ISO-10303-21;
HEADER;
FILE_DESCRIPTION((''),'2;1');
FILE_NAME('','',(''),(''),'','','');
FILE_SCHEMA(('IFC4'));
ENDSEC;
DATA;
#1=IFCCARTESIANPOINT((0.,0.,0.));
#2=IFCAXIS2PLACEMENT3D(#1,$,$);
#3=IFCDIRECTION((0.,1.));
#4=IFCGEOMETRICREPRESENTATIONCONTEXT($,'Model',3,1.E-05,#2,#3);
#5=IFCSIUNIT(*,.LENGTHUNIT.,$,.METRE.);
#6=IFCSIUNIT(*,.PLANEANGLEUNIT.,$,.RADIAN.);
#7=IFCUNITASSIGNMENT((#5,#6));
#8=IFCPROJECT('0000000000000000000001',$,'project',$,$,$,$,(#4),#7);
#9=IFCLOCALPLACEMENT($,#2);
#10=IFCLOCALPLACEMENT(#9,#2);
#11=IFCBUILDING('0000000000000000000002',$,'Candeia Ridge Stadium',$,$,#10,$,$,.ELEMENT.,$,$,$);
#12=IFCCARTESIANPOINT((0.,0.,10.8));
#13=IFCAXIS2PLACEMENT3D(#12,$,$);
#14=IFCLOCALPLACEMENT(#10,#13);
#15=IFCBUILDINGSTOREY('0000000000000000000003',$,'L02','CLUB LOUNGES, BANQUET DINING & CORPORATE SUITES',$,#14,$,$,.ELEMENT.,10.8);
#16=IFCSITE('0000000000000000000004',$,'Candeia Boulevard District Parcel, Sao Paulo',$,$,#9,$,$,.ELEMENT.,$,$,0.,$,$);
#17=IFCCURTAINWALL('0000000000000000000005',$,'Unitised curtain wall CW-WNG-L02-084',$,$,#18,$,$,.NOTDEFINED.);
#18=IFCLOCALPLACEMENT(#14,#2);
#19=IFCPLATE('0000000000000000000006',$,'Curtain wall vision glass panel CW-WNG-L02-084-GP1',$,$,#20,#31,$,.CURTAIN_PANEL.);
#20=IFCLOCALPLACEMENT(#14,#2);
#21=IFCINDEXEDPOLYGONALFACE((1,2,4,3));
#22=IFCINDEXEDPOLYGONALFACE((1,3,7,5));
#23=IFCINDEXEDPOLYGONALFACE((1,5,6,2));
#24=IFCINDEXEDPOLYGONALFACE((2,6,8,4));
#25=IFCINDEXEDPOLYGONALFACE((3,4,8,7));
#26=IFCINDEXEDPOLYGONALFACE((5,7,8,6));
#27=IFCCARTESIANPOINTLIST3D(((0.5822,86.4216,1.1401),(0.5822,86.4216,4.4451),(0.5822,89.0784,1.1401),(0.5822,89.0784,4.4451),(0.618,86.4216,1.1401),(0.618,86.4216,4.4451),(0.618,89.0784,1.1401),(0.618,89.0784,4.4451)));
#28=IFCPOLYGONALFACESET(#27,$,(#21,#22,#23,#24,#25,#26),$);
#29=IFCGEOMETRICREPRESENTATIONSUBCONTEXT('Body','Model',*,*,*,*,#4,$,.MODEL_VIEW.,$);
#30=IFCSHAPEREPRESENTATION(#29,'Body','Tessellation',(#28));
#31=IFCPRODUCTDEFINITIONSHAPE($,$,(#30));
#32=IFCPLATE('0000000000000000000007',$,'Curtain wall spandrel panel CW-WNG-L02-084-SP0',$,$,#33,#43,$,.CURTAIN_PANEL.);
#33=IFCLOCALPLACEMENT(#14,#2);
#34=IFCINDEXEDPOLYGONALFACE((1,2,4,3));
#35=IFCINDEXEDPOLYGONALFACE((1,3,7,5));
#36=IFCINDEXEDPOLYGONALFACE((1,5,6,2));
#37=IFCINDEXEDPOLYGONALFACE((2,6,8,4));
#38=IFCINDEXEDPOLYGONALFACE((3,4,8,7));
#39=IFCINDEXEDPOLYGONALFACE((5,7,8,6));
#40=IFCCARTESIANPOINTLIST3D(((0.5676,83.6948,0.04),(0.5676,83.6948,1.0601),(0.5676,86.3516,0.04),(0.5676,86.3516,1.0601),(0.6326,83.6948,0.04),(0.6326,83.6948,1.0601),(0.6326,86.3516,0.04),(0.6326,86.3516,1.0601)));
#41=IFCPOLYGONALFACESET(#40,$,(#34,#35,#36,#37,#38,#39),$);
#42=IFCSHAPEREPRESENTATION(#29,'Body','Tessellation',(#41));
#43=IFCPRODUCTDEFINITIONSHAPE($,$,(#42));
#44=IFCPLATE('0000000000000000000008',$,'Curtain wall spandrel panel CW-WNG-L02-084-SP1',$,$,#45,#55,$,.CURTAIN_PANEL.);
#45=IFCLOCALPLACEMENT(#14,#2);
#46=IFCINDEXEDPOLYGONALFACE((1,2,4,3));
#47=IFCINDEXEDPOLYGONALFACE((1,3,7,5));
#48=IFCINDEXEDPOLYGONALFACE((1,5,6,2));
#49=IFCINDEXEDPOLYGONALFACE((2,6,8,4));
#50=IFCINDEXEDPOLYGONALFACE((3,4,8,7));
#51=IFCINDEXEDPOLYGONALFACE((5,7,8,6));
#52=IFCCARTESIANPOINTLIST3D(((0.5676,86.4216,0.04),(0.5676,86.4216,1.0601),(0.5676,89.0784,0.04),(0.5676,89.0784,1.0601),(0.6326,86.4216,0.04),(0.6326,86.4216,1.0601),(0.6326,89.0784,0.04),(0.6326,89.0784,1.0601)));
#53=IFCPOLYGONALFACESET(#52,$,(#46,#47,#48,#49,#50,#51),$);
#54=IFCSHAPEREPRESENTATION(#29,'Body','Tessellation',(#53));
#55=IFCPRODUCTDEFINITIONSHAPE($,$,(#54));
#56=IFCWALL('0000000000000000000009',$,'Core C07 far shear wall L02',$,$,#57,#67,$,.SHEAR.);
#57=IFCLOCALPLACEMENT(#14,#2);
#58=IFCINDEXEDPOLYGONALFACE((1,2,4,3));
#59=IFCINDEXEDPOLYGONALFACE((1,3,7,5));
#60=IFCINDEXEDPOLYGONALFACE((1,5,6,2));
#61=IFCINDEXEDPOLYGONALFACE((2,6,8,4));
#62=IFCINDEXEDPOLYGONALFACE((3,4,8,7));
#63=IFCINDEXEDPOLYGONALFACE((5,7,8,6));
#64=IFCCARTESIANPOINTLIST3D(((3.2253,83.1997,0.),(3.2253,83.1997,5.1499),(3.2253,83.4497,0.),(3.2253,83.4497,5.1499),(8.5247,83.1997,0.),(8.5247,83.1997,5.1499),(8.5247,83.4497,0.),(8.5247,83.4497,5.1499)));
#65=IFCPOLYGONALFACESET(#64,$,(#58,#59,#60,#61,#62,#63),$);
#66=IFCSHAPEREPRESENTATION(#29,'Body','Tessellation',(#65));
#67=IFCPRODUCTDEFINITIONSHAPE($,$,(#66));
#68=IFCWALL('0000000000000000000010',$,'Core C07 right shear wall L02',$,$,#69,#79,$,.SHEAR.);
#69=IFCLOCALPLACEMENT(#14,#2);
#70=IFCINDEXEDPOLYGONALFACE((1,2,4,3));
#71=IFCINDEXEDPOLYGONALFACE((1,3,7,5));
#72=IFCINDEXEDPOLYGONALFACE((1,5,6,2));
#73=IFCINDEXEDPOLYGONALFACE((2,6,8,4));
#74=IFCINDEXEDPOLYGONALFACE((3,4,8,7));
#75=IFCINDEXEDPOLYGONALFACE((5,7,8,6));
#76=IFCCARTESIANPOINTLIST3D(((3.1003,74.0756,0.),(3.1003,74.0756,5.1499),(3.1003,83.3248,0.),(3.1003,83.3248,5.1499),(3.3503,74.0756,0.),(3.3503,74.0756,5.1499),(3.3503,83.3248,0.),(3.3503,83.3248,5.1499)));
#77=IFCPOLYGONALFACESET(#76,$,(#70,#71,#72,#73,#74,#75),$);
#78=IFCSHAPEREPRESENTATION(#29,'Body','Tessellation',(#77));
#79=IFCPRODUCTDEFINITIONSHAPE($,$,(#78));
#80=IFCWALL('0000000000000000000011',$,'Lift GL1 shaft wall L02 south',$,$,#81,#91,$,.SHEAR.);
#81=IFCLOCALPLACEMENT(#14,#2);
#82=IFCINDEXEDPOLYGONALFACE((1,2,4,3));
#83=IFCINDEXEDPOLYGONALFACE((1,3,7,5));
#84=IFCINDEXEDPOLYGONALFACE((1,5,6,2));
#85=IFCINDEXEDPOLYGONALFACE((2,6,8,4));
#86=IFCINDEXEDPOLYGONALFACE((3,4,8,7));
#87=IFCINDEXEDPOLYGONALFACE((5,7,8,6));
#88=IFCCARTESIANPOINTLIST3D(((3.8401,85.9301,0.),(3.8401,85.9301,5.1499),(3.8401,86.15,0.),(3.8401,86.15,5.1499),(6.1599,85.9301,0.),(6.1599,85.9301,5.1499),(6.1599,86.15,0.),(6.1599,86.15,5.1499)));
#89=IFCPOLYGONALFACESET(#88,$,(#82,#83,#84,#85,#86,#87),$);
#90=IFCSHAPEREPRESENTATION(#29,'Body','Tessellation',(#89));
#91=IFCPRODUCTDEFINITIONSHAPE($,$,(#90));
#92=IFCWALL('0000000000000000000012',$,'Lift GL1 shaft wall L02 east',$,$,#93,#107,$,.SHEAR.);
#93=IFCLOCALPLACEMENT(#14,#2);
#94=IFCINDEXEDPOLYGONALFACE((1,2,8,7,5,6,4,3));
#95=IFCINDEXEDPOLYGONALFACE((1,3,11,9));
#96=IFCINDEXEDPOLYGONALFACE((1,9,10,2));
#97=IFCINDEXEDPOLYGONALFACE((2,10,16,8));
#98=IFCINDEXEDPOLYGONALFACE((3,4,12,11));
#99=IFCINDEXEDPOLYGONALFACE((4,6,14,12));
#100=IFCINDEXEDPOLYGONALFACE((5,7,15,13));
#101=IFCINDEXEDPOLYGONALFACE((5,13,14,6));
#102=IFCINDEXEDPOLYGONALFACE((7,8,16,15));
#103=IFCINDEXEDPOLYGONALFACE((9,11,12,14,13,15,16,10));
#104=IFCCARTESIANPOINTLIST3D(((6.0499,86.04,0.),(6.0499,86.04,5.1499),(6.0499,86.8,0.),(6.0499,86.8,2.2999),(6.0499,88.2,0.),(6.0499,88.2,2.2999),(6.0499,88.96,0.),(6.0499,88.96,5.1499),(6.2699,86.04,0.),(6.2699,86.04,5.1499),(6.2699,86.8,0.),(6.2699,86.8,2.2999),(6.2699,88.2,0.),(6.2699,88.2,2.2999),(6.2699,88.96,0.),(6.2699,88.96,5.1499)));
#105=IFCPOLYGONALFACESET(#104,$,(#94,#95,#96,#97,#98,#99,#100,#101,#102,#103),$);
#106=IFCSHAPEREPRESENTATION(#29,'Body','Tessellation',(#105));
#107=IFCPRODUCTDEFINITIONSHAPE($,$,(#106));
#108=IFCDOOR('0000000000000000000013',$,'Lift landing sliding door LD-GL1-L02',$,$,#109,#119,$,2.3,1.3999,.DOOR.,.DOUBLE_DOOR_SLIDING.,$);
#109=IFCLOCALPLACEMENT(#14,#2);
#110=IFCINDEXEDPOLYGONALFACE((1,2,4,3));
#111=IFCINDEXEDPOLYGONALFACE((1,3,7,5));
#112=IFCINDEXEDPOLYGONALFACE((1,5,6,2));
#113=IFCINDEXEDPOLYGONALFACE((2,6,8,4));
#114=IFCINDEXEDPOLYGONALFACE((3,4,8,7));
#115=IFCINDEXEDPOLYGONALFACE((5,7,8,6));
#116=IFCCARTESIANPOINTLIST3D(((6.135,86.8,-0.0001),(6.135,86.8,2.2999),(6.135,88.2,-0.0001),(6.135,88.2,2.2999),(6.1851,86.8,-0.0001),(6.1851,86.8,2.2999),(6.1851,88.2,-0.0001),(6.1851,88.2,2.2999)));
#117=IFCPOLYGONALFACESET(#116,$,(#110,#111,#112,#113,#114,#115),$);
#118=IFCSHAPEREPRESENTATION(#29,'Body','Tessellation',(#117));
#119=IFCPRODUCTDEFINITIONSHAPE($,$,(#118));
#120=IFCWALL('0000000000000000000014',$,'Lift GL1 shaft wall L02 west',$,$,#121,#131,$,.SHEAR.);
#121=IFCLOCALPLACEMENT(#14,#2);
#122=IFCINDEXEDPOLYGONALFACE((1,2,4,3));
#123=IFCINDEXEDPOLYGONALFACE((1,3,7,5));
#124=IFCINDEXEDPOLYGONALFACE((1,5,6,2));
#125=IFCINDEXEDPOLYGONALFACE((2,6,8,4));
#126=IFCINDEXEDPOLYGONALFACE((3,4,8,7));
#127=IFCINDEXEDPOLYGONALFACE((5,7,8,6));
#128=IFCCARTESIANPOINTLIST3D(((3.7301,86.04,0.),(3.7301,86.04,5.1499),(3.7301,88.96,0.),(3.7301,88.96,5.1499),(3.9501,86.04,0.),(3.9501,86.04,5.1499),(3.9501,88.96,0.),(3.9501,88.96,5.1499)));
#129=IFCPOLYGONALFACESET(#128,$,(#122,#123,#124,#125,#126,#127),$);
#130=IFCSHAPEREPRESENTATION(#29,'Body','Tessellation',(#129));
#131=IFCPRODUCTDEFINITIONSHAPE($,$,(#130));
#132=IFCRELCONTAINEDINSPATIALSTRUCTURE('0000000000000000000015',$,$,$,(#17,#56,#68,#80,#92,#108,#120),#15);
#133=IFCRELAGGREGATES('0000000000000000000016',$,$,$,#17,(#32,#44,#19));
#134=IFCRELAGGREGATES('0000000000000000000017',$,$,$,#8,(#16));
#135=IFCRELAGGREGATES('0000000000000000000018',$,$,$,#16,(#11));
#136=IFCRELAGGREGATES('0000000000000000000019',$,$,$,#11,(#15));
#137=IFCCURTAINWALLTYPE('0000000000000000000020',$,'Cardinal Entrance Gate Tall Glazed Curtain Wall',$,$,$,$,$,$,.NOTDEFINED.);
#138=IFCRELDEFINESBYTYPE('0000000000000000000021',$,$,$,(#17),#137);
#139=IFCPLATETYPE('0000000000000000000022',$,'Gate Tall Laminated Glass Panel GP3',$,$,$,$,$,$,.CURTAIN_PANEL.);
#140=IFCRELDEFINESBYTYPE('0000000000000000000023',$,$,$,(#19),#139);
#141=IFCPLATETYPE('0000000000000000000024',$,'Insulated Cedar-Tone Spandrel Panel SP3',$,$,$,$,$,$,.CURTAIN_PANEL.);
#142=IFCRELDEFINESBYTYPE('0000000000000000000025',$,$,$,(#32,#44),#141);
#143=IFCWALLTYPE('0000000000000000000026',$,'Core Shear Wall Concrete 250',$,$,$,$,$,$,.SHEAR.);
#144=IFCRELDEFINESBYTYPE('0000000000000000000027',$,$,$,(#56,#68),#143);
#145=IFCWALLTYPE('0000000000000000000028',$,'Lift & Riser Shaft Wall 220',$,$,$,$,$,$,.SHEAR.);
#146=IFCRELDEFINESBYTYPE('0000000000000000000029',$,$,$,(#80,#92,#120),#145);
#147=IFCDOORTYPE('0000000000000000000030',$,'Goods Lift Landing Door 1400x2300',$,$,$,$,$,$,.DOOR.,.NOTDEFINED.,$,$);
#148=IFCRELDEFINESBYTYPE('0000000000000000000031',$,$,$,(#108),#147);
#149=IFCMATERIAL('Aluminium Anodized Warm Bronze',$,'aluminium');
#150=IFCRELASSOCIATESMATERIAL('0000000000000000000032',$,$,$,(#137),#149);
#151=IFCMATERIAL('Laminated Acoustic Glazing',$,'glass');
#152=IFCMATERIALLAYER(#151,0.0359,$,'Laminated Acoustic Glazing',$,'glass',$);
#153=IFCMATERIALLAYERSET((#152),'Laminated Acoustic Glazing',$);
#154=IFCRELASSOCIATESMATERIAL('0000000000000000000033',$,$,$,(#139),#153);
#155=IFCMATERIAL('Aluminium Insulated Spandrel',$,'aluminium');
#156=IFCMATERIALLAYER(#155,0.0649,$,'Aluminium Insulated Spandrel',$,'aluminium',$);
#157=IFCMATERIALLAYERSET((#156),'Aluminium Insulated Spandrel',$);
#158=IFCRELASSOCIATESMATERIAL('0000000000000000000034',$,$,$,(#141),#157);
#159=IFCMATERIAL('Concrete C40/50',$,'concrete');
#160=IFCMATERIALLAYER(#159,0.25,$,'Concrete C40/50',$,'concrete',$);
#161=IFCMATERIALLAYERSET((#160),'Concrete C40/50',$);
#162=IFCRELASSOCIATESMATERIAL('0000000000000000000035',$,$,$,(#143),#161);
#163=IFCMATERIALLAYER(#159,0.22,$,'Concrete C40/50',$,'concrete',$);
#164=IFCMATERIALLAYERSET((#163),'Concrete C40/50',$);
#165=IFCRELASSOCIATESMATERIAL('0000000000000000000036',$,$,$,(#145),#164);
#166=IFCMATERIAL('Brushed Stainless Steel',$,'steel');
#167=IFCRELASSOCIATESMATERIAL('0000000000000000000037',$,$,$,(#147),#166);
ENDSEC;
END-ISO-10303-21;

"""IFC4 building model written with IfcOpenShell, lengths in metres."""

from ifc_helpers import new_model, si_unit, direction, frame, frame_2d, origin, origin_2d, place, context, subcontext, project, spatial, rectangle, extrude, material, layer, layer_set, type_object, element, fill, aggregate, save


model = new_model("IFC4")

# Units and contexts
model_context = context("Model", 3, precision=1e-05, world=origin(), true_north=direction((0.0, 1.0)))
body_context = subcontext(model_context, "Body", "Model", "MODEL_VIEW")
ifc_project = project(units=[si_unit("LENGTHUNIT", "METRE"), si_unit("PLANEANGLEUNIT", "RADIAN")], contexts=[model_context])

# Site, building, storey
site_placement = place(None, origin())
site = spatial("IfcSite", under=ifc_project, at=site_placement, Name="Candeia Boulevard District Parcel, Sao Paulo", CompositionType="ELEMENT", RefElevation=0.0)
building_placement = place(site_placement, origin())
building = spatial("IfcBuilding", under=site, at=building_placement, Name="Candeia Ridge Stadium", CompositionType="ELEMENT")
storey_placement = place(building_placement, frame((0.0, 0.0, 10.8)))
storey = spatial("IfcBuildingStorey", under=building, at=storey_placement, Name="L02", Description="CLUB LOUNGES, BANQUET DINING & CORPORATE SUITES", CompositionType="ELEMENT", Elevation=10.8)

# Shared definitions
ifc_material_1 = material(Name="Concrete C40/50", Category="concrete")

# Curtain wall
ifc_material_2 = material(Name="Aluminium Anodized Warm Bronze", Category="aluminium")
curtain_wall_type = type_object("IfcCurtainWallType", Name="Cardinal Entrance Gate Tall Glazed Curtain Wall", PredefinedType="NOTDEFINED", material=ifc_material_2)
curtain_wall_placement = place(storey_placement, origin())
curtain_wall = element("IfcCurtainWall", 1, at=curtain_wall_placement, inside=storey, type_object=curtain_wall_type, Name="Unitised curtain wall CW-WNG-L02-084", PredefinedType="NOTDEFINED")

# Plates
ifc_material_3 = material(Name="Laminated Acoustic Glazing", Category="glass")
ifc_layer_1 = layer(ifc_material_3, 0.0359, Name="Laminated Acoustic Glazing", Category="glass")
ifc_layer_set_1 = layer_set([ifc_layer_1], Name="Laminated Acoustic Glazing")
plate_type_1 = type_object("IfcPlateType", Name="Gate Tall Laminated Glass Panel GP3", PredefinedType="CURTAIN_PANEL", material=ifc_layer_set_1)
plate_1_placement = place(storey_placement, frame((0.6001, 87.75, 1.1401), z_axis=(0.0, 0.0, 1.0), x_axis=(0.0, 1.0, 0.0)))
plate_1 = element("IfcPlate", 2, at=plate_1_placement, type_object=plate_type_1, Name="Curtain wall vision glass panel CW-WNG-L02-084-GP1", PredefinedType="CURTAIN_PANEL", context=body_context, shape_type="SweptSolid", body=[
    extrude(rectangle(XDim=2.6567, YDim=0.0359, at=origin_2d()), origin(), (0.0, 0.0, 1.0), 3.3049),
])
ifc_material_4 = material(Name="Aluminium Insulated Spandrel", Category="aluminium")
ifc_layer_2 = layer(ifc_material_4, 0.0649, Name="Aluminium Insulated Spandrel", Category="aluminium")
ifc_layer_set_2 = layer_set([ifc_layer_2], Name="Aluminium Insulated Spandrel")
plate_type_2 = type_object("IfcPlateType", Name="Insulated Cedar-Tone Spandrel Panel SP3", PredefinedType="CURTAIN_PANEL", material=ifc_layer_set_2)
plate_2_placement = place(storey_placement, frame((0.6001, 85.0232, 0.04), z_axis=(0.0, 0.0, 1.0), x_axis=(0.0, 1.0, 0.0)))
plate_2 = element("IfcPlate", 3, at=plate_2_placement, type_object=plate_type_2, Name="Curtain wall spandrel panel CW-WNG-L02-084-SP0", PredefinedType="CURTAIN_PANEL", context=body_context, shape_type="SweptSolid", body=[
    extrude(rectangle(XDim=2.6567, YDim=0.0649, at=origin_2d()), origin(), (0.0, 0.0, 1.0), 1.02),
])
plate_3_placement = place(storey_placement, frame((0.6001, 87.75, 0.04), z_axis=(0.0, 0.0, 1.0), x_axis=(0.0, 1.0, 0.0)))
plate_3 = element("IfcPlate", 4, at=plate_3_placement, type_object=plate_type_2, Name="Curtain wall spandrel panel CW-WNG-L02-084-SP1", PredefinedType="CURTAIN_PANEL", context=body_context, shape_type="SweptSolid", body=[
    extrude(rectangle(XDim=2.6567, YDim=0.0649, at=origin_2d()), origin(), (0.0, 0.0, 1.0), 1.02),
])
aggregate(curtain_wall, [plate_2, plate_3, plate_1])

# Walls
ifc_layer_3 = layer(ifc_material_1, 0.25, Name="Concrete C40/50", Category="concrete")
ifc_layer_set_3 = layer_set([ifc_layer_3], Name="Concrete C40/50")
wall_type_1 = type_object("IfcWallType", Name="Core Shear Wall Concrete 250", PredefinedType="SHEAR", material=ifc_layer_set_3)
wall_1_placement = place(storey_placement, frame((8.5247, 83.3247, 0.0), z_axis=(0.0, 0.0, 1.0), x_axis=(-1.0, 0.0, 0.0)))
element("IfcWall", 5, at=wall_1_placement, inside=storey, type_object=wall_type_1, Name="Core C07 far shear wall L02", PredefinedType="SHEAR", context=body_context, shape_type="SweptSolid", body=[
    extrude(rectangle(XDim=5.2993, YDim=0.25, at=frame_2d((2.6497, 0.0))), origin(), (0.0, 0.0, 1.0), 5.1499),
])
wall_2_placement = place(storey_placement, frame((3.2253, 83.3247, 0.0), z_axis=(0.0, 0.0, 1.0), x_axis=(0.0, -1.0, 0.0)))
element("IfcWall", 6, at=wall_2_placement, inside=storey, type_object=wall_type_1, Name="Core C07 right shear wall L02", PredefinedType="SHEAR", context=body_context, shape_type="SweptSolid", body=[
    extrude(rectangle(XDim=9.2493, YDim=0.25, at=frame_2d((4.6245, 0.0))), origin(), (0.0, 0.0, 1.0), 5.1499),
])
ifc_layer_4 = layer(ifc_material_1, 0.22, Name="Concrete C40/50", Category="concrete")
ifc_layer_set_4 = layer_set([ifc_layer_4], Name="Concrete C40/50")
wall_type_2 = type_object("IfcWallType", Name="Lift & Riser Shaft Wall 220", PredefinedType="SHEAR", material=ifc_layer_set_4)
wall_3_placement = place(storey_placement, frame((3.8401, 86.04, 0.0), z_axis=(0.0, 0.0, 1.0), x_axis=(1.0, 0.0, 0.0)))
element("IfcWall", 7, at=wall_3_placement, inside=storey, type_object=wall_type_2, Name="Lift GL1 shaft wall L02 south", PredefinedType="SHEAR", context=body_context, shape_type="SweptSolid", body=[
    extrude(rectangle(XDim=2.3198, YDim=0.22, at=frame_2d((1.1599, 0.0))), origin(), (0.0, 0.0, 1.0), 5.1499),
])

# Wall, opening, door
wall_4_placement = place(storey_placement, frame((6.1599, 86.04, 0.0), z_axis=(0.0, 0.0, 1.0), x_axis=(0.0, 1.0, 0.0)))
wall_4 = element("IfcWall", 8, at=wall_4_placement, inside=storey, type_object=wall_type_2, Name="Lift GL1 shaft wall L02 east", PredefinedType="SHEAR", context=body_context, shape_type="SweptSolid", body=[
    extrude(rectangle(XDim=2.9199, YDim=0.22, at=frame_2d((1.46, 0.0))), origin(), (0.0, 0.0, 1.0), 5.1499),
])
opening_placement = place(wall_4_placement, frame((0.76, 0.0, 0.0)))
opening = element("IfcOpeningElement", 9, at=opening_placement, cuts=wall_4, PredefinedType="OPENING", context=body_context, shape_type="SweptSolid", body=[
    extrude(rectangle(XDim=1.3999, YDim=2.3, at=frame_2d((0.7, 1.1499))), frame((0.0, 0.1199, 0.0), z_axis=(0.0, -1.0, 0.0), x_axis=(1.0, 0.0, 0.0)), (0.0, 0.0, 1.0), 0.24),
])
ifc_material_5 = material(Name="Brushed Stainless Steel", Category="steel")
door_type = type_object("IfcDoorType", Name="Goods Lift Landing Door 1400x2300", OperationType="NOTDEFINED", PredefinedType="DOOR", material=ifc_material_5)
door_placement = place(opening_placement, origin())
door = element("IfcDoor", 10, at=door_placement, inside=storey, type_object=door_type, Name="Lift landing sliding door LD-GL1-L02", OperationType="DOUBLE_DOOR_SLIDING", OverallHeight=2.3, OverallWidth=1.3999, PredefinedType="DOOR", context=body_context, shape_type="SweptSolid", body=[
    extrude(rectangle(XDim=1.3999, YDim=2.3, at=frame_2d((0.7, 1.1499))), frame((0.0, 0.0249, 0.0), z_axis=(0.0, -1.0, 0.0), x_axis=(1.0, 0.0, 0.0)), (0.0, 0.0, 1.0), 0.05),
])
fill(opening, door)

# Wall
wall_5_placement = place(storey_placement, frame((3.8401, 88.96, 0.0), z_axis=(0.0, 0.0, 1.0), x_axis=(0.0, -1.0, 0.0)))
element("IfcWall", 11, at=wall_5_placement, inside=storey, type_object=wall_type_2, Name="Lift GL1 shaft wall L02 west", PredefinedType="SHEAR", context=body_context, shape_type="SweptSolid", body=[
    extrude(rectangle(XDim=2.9199, YDim=0.22, at=frame_2d((1.46, 0.0))), origin(), (0.0, 0.0, 1.0), 5.1499),
])

save(model, "model.ifc")
